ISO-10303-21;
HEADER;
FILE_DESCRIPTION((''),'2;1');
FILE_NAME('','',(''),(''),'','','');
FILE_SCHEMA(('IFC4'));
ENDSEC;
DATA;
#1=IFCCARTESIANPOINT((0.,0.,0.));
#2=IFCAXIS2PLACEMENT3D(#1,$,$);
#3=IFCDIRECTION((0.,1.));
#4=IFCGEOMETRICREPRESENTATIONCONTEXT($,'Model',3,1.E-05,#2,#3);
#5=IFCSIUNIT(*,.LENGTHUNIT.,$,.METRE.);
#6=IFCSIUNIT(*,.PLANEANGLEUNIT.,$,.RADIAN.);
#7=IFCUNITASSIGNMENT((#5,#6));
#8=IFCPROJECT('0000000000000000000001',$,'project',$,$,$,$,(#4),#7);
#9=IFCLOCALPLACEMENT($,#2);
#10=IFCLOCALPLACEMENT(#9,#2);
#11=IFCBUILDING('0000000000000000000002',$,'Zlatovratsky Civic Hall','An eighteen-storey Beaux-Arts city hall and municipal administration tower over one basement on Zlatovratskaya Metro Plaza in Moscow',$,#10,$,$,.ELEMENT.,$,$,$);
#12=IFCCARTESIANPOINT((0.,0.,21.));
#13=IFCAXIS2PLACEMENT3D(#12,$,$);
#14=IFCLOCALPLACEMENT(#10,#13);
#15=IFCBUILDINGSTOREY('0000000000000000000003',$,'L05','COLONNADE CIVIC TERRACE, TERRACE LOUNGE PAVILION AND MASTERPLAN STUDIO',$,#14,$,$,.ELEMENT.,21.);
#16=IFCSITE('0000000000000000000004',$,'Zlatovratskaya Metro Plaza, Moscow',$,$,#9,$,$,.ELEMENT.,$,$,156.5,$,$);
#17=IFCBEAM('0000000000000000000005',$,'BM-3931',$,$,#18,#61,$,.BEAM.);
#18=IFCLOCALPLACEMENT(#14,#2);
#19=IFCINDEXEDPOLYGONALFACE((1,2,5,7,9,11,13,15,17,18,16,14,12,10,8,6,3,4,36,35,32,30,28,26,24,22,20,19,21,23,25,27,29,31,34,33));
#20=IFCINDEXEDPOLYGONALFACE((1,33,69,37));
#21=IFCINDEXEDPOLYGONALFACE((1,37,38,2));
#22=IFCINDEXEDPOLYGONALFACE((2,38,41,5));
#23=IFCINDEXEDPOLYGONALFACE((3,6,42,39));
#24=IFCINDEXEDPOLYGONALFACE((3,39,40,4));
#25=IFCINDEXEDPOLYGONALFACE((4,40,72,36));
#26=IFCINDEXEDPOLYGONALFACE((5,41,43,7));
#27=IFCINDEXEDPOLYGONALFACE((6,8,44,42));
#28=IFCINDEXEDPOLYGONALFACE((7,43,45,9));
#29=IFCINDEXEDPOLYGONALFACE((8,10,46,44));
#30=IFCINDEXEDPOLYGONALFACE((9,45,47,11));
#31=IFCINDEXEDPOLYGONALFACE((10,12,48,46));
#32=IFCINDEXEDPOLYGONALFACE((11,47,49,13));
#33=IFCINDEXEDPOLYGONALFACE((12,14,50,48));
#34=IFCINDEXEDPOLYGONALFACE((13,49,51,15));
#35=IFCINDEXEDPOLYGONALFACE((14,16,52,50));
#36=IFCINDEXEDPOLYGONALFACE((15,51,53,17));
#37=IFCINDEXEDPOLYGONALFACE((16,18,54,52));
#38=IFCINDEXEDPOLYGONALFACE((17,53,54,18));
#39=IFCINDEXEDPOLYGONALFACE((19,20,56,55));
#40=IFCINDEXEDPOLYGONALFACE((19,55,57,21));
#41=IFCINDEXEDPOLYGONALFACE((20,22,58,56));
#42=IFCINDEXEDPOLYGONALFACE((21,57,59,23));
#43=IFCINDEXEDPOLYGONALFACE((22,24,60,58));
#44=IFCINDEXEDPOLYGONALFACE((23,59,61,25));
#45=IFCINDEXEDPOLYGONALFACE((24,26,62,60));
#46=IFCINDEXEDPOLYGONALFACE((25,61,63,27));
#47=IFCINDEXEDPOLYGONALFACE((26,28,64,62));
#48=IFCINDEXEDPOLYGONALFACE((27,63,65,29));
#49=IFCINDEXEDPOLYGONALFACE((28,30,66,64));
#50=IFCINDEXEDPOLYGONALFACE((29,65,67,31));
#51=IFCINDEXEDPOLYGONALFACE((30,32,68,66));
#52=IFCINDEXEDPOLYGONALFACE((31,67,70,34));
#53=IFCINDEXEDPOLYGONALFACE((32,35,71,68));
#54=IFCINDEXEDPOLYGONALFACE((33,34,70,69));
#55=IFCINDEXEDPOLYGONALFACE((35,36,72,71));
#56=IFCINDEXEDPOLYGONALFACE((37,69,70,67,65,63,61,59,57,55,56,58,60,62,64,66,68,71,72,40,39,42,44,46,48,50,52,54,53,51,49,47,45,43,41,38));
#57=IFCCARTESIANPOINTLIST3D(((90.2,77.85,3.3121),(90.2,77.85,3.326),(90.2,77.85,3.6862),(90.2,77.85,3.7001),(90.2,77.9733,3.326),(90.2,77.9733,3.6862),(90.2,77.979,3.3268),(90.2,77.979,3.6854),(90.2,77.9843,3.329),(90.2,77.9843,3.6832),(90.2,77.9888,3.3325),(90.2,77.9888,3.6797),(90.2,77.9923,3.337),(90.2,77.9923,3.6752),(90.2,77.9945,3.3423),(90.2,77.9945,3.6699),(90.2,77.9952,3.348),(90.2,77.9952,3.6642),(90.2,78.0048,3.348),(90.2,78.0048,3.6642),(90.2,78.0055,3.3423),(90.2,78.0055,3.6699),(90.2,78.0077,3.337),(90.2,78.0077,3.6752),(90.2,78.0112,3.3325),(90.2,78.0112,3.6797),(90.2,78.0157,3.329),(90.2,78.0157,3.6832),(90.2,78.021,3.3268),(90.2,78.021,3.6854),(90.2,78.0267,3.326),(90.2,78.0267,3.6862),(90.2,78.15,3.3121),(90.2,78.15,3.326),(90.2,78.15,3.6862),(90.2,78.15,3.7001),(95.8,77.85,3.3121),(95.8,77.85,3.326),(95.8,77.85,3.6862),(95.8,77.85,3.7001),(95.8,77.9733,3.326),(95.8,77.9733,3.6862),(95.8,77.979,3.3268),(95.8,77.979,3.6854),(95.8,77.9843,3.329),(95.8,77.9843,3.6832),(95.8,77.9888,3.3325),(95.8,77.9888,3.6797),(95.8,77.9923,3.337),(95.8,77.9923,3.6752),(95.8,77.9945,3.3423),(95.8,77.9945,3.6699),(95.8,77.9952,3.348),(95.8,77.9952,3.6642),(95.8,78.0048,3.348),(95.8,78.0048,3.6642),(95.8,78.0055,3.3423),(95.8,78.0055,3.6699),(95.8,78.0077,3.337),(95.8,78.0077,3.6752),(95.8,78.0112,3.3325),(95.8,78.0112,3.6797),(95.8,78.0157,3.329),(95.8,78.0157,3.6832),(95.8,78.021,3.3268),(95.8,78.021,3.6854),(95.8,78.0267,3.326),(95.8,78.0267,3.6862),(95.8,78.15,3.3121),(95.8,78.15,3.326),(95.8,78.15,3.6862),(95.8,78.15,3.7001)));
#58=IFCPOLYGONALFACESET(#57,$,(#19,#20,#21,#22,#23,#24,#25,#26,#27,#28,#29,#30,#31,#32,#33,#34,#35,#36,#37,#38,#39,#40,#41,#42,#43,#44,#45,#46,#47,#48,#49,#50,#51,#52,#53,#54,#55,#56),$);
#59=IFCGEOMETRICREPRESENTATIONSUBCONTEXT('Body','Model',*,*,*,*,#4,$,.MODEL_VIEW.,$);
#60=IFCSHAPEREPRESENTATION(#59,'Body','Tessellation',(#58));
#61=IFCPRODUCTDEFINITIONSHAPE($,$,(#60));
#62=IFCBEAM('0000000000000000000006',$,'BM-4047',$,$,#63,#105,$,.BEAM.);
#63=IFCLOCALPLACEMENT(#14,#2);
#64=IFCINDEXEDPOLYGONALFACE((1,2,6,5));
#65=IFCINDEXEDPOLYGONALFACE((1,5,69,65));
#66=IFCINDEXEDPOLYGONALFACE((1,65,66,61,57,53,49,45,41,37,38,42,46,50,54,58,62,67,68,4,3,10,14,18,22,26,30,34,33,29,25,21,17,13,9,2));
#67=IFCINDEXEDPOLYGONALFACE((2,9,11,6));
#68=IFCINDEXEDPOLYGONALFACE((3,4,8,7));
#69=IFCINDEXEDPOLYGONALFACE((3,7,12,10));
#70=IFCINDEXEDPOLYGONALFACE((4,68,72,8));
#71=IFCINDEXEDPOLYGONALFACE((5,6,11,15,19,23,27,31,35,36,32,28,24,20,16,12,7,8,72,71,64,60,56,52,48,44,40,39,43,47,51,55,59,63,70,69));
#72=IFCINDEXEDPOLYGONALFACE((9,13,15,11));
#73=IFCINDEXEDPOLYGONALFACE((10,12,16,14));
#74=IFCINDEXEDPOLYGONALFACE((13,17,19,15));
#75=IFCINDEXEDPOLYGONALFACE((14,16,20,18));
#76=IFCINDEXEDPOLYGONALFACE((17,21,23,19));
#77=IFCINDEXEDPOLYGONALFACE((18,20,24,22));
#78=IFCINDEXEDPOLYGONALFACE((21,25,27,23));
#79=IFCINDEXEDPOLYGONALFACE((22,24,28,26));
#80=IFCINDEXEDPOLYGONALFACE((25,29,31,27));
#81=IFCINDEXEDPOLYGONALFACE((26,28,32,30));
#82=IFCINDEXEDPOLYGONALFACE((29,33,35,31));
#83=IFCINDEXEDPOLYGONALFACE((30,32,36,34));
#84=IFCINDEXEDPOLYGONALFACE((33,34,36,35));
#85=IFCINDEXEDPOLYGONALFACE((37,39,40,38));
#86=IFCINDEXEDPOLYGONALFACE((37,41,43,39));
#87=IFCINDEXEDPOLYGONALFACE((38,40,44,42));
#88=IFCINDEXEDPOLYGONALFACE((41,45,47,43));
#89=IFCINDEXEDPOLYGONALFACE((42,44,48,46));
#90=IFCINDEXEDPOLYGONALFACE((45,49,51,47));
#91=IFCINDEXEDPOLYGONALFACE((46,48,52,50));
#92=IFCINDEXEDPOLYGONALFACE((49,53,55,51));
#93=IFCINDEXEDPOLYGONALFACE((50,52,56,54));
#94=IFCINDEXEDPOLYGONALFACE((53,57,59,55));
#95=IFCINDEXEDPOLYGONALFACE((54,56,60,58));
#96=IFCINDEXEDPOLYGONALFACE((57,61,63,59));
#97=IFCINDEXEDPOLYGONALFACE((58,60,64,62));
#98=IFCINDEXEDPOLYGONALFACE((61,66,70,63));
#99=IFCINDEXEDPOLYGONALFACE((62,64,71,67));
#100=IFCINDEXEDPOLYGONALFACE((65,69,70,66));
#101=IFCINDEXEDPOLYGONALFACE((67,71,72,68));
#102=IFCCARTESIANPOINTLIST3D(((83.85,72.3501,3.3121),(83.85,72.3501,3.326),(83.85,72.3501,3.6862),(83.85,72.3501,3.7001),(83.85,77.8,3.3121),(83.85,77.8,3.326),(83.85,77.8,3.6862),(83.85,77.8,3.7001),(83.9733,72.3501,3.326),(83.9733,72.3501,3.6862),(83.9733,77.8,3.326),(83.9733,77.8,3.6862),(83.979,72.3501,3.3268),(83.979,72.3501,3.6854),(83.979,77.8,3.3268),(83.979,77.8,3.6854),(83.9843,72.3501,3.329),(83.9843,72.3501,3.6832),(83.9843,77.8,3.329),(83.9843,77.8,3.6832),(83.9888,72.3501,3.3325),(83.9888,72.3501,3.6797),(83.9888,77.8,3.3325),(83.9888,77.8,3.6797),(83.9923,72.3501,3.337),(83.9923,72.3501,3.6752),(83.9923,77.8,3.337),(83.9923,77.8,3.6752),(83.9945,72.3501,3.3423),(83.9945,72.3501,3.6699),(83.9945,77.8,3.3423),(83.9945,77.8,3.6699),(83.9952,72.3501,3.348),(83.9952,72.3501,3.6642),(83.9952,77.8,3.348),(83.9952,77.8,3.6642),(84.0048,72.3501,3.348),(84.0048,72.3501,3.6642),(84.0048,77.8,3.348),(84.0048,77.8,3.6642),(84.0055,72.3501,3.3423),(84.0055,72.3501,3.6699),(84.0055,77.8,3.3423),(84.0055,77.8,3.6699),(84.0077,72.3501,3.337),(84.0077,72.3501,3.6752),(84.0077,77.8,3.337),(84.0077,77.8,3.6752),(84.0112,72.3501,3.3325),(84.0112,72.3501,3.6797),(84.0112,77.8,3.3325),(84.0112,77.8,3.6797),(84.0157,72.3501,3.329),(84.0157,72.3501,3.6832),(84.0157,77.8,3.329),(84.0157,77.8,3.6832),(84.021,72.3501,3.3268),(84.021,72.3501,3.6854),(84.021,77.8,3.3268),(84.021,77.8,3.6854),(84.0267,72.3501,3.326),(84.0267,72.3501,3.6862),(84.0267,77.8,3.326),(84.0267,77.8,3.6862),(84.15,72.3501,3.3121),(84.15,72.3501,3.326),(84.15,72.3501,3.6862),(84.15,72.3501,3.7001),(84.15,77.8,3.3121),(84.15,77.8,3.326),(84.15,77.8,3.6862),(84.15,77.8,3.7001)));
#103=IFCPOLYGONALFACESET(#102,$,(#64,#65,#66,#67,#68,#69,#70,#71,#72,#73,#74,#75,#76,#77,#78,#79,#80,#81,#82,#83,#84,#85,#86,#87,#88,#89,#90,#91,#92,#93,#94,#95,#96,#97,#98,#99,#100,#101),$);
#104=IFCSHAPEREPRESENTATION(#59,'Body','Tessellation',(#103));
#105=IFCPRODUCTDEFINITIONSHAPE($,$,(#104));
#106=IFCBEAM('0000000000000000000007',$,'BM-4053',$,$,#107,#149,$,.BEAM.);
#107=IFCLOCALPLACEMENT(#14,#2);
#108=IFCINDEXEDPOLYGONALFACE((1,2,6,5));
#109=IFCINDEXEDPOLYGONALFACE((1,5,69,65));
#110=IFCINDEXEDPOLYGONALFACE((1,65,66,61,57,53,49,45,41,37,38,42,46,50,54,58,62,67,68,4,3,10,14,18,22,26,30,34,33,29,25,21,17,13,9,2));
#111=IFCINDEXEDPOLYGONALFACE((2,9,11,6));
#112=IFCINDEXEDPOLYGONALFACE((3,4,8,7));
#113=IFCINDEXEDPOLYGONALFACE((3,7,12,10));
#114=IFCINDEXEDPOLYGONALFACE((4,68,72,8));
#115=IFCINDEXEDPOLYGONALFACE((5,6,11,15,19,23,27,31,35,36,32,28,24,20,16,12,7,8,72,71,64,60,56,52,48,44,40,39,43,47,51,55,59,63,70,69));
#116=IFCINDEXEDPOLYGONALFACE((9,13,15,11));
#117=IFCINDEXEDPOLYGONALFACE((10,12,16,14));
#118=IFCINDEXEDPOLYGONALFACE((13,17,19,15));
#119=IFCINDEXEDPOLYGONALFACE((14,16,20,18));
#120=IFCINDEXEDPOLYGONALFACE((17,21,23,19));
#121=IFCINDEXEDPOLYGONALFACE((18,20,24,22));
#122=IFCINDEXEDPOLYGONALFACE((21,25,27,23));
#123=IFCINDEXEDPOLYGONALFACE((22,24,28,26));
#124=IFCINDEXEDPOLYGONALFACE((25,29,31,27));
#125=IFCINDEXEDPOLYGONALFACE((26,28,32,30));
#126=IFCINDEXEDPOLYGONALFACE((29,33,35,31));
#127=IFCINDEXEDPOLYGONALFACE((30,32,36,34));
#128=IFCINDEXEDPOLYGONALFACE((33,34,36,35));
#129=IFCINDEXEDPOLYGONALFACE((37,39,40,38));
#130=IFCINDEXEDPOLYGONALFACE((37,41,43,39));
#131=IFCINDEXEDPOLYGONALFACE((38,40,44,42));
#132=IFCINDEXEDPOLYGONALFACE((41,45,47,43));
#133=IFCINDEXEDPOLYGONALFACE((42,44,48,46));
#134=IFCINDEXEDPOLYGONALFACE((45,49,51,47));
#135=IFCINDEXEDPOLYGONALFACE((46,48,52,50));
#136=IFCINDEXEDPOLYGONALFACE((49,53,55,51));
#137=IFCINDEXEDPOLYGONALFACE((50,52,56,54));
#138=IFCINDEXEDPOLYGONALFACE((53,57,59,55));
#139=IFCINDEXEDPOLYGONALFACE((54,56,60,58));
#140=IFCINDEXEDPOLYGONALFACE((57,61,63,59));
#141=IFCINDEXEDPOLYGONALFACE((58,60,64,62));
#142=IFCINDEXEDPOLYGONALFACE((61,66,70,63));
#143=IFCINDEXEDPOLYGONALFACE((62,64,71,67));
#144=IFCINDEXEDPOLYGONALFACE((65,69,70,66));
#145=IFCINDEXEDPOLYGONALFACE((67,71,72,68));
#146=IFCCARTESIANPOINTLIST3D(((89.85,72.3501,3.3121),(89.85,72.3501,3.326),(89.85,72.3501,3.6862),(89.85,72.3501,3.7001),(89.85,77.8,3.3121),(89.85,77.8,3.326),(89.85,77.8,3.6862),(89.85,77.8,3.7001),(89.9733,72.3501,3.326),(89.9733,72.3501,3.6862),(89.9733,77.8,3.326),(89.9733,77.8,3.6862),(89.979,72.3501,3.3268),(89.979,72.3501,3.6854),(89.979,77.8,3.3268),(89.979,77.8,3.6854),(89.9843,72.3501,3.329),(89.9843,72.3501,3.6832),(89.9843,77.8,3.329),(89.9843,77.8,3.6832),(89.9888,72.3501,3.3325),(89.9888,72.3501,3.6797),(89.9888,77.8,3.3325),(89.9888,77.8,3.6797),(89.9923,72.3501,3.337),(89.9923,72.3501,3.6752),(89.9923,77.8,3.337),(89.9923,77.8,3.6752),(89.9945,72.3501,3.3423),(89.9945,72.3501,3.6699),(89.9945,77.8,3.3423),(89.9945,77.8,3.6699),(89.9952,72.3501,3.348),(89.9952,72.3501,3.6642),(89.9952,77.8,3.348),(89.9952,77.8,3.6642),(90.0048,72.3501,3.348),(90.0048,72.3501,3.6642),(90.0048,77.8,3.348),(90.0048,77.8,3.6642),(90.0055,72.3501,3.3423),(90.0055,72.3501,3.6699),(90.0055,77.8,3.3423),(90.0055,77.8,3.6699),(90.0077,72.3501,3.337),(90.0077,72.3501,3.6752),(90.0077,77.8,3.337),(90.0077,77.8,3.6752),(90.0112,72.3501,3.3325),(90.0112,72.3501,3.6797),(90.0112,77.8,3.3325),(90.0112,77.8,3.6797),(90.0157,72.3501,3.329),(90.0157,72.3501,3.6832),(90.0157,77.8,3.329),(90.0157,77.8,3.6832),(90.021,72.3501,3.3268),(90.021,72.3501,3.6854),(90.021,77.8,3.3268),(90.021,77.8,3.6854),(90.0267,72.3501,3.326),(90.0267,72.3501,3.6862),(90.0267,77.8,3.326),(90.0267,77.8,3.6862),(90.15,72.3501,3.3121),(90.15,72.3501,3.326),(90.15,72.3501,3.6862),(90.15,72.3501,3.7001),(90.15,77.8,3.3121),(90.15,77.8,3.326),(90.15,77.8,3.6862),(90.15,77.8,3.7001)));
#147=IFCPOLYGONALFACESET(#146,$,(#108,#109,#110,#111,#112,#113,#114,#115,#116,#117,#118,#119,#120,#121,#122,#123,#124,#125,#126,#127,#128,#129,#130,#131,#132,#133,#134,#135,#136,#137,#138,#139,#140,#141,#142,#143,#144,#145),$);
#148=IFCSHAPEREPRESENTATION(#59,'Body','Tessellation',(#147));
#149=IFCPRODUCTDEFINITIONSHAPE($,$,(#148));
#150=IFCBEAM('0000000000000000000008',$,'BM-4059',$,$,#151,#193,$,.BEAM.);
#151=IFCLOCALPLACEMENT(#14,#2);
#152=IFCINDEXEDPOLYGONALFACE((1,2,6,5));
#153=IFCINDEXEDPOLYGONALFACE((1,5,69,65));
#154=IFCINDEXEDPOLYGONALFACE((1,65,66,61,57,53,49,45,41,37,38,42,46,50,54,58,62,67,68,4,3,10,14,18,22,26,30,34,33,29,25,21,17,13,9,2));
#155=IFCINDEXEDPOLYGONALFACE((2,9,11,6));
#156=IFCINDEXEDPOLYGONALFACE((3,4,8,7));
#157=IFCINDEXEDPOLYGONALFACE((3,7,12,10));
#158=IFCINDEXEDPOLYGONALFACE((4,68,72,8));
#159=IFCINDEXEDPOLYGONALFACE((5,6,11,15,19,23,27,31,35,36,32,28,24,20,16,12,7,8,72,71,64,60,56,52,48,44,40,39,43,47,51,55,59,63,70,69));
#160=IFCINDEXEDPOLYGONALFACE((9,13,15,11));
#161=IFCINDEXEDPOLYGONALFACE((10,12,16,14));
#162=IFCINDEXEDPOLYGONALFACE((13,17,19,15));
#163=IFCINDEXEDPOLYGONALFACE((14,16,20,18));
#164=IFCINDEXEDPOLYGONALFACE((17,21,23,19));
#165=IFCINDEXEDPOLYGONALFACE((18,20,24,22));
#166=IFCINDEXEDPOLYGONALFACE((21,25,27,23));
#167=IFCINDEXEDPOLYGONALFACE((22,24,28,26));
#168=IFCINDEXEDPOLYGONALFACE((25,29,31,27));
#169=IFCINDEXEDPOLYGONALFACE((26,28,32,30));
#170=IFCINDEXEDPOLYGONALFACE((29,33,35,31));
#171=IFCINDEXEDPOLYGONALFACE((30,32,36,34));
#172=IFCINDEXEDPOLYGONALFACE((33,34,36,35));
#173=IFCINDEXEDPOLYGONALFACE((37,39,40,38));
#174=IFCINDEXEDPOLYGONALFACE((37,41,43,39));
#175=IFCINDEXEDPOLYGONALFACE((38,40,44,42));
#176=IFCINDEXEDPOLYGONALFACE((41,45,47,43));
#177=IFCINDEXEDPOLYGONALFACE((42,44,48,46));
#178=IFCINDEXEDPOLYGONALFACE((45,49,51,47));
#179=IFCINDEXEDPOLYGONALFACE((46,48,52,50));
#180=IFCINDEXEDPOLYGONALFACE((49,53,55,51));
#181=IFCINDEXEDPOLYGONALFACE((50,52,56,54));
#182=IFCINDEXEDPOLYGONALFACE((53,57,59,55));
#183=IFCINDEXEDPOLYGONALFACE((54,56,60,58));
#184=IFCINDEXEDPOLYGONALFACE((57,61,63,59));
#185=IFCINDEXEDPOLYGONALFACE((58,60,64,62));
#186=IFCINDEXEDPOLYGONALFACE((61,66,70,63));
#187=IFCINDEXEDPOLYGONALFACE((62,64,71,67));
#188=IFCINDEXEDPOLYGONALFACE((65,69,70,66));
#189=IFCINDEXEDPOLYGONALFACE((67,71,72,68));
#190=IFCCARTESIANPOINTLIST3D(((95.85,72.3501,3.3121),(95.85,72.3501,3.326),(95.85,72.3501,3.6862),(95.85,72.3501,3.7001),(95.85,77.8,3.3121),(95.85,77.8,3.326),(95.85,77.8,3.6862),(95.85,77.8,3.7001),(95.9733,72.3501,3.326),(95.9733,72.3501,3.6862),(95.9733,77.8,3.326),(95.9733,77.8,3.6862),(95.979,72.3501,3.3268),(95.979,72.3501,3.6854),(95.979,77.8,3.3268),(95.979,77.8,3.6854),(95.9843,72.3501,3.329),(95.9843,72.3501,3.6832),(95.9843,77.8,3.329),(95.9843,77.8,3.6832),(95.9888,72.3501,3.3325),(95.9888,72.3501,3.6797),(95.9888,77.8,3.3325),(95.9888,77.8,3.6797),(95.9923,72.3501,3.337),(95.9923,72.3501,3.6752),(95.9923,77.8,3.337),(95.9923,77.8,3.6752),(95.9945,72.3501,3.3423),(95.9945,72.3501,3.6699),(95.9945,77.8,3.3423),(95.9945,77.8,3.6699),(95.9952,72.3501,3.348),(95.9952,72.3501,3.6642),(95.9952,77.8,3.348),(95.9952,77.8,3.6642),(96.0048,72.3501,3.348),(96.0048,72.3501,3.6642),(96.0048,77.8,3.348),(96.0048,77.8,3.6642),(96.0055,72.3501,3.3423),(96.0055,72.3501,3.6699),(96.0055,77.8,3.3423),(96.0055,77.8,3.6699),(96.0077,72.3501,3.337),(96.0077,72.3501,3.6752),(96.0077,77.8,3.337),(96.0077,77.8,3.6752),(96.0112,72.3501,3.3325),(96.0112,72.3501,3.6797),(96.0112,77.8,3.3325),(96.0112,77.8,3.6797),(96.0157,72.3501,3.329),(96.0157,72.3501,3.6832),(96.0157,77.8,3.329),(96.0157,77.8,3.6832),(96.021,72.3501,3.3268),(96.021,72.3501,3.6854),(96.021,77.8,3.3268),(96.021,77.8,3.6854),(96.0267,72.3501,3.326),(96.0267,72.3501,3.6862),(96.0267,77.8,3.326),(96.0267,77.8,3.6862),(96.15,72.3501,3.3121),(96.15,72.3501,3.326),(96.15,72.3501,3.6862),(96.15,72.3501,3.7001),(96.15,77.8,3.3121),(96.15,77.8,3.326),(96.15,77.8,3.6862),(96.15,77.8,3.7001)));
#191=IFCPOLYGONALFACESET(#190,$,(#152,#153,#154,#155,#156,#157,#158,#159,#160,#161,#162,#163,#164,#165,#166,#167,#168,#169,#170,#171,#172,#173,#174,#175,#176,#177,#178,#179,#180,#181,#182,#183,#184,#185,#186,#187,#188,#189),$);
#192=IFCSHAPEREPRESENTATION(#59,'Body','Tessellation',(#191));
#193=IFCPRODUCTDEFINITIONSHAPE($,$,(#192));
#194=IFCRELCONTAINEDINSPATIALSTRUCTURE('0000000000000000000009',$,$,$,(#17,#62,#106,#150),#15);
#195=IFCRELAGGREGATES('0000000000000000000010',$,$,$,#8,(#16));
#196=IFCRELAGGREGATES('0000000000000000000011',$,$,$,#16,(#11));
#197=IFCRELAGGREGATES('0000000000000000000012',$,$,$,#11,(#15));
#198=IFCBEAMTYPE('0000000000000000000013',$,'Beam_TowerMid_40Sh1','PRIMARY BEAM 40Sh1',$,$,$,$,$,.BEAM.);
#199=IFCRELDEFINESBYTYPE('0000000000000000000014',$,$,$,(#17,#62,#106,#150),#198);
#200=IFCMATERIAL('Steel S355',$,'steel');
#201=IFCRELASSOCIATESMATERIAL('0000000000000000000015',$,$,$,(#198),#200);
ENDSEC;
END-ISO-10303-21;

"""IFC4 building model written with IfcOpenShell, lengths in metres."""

from ifc_helpers import new_model, si_unit, direction, frame, origin, origin_2d, place, context, subcontext, project, spatial, i_section, extrude, material, material_profile, profile_set, type_object, element, save


model = new_model("IFC4")

# Units and contexts
model_context = context("Model", 3, precision=1e-05, world=origin(), true_north=direction((0.0, 1.0)))
body_context = subcontext(model_context, "Body", "Model", "MODEL_VIEW")
ifc_project = project(units=[si_unit("LENGTHUNIT", "METRE"), si_unit("PLANEANGLEUNIT", "RADIAN")], contexts=[model_context])

# Site, building, storey
site_placement = place(None, origin())
site = spatial("IfcSite", under=ifc_project, at=site_placement, Name="Zlatovratskaya Metro Plaza, Moscow", CompositionType="ELEMENT", RefElevation=156.5)
building_placement = place(site_placement, origin())
building = spatial("IfcBuilding", under=site, at=building_placement, Name="Zlatovratsky Civic Hall", Description="An eighteen-storey Beaux-Arts city hall and municipal administration tower over one basement on Zlatovratskaya Metro Plaza in Moscow", CompositionType="ELEMENT")
storey_placement = place(building_placement, frame((0.0, 0.0, 21.0)))
storey = spatial("IfcBuildingStorey", under=building, at=storey_placement, Name="L05", Description="COLONNADE CIVIC TERRACE, TERRACE LOUNGE PAVILION AND MASTERPLAN STUDIO", CompositionType="ELEMENT", Elevation=21.0)

# Shared definitions
ifc_material_1 = material(Name="Steel S355", Category="steel")

# Beams
ifc_material_profile_1 = material_profile(ifc_material_1, i_section(OverallWidth=0.3, OverallDepth=0.3879, WebThickness=0.0095, FlangeThickness=0.0139, FilletRadius=0.022, at=origin_2d()), Name="40Sh1")
ifc_profile_set_1 = profile_set([ifc_material_profile_1], Name="Steel S355")
beam_type_1 = type_object("IfcBeamType", Name="Beam_TowerMid_40Sh1", Description="PRIMARY BEAM 40Sh1", PredefinedType="BEAM", material=ifc_profile_set_1)
for number, where, z_axis, x_axis, name in (
    (1, (90.2, 78.0, 3.5061), (1.0, 0.0, 0.0), (0.0, 1.0, 0.0), "BM-3931"),
):
    element("IfcBeam", number, at=place(storey_placement, frame(where, z_axis=z_axis, x_axis=x_axis)), inside=storey, type_object=beam_type_1, Name=name, PredefinedType="BEAM", context=body_context, shape_type="SweptSolid", body=[
        extrude(i_section(OverallWidth=0.3, OverallDepth=0.3879, WebThickness=0.0095, FlangeThickness=0.0139, FilletRadius=0.022, at=origin_2d()), origin(), (0.0, 0.0, 1.0), 5.6001),
    ])
for number, where, z_axis, x_axis, name in (
    (2, (84.0, 72.3501, 3.5061), (0.0, 1.0, 0.0), (-1.0, 0.0, 0.0), "BM-4047"),
    (3, (90.0, 72.3501, 3.5061), (0.0, 1.0, 0.0), (-1.0, 0.0, 0.0), "BM-4053"),
    (4, (96.0, 72.3501, 3.5061), (0.0, 1.0, 0.0), (-1.0, 0.0, 0.0), "BM-4059"),
):
    element("IfcBeam", number, at=place(storey_placement, frame(where, z_axis=z_axis, x_axis=x_axis)), inside=storey, type_object=beam_type_1, Name=name, PredefinedType="BEAM", context=body_context, shape_type="SweptSolid", body=[
        extrude(i_section(OverallWidth=0.3, OverallDepth=0.3879, WebThickness=0.0095, FlangeThickness=0.0139, FilletRadius=0.022, at=origin_2d()), origin(), (0.0, 0.0, 1.0), 5.45),
    ])

save(model, "model.ifc")
